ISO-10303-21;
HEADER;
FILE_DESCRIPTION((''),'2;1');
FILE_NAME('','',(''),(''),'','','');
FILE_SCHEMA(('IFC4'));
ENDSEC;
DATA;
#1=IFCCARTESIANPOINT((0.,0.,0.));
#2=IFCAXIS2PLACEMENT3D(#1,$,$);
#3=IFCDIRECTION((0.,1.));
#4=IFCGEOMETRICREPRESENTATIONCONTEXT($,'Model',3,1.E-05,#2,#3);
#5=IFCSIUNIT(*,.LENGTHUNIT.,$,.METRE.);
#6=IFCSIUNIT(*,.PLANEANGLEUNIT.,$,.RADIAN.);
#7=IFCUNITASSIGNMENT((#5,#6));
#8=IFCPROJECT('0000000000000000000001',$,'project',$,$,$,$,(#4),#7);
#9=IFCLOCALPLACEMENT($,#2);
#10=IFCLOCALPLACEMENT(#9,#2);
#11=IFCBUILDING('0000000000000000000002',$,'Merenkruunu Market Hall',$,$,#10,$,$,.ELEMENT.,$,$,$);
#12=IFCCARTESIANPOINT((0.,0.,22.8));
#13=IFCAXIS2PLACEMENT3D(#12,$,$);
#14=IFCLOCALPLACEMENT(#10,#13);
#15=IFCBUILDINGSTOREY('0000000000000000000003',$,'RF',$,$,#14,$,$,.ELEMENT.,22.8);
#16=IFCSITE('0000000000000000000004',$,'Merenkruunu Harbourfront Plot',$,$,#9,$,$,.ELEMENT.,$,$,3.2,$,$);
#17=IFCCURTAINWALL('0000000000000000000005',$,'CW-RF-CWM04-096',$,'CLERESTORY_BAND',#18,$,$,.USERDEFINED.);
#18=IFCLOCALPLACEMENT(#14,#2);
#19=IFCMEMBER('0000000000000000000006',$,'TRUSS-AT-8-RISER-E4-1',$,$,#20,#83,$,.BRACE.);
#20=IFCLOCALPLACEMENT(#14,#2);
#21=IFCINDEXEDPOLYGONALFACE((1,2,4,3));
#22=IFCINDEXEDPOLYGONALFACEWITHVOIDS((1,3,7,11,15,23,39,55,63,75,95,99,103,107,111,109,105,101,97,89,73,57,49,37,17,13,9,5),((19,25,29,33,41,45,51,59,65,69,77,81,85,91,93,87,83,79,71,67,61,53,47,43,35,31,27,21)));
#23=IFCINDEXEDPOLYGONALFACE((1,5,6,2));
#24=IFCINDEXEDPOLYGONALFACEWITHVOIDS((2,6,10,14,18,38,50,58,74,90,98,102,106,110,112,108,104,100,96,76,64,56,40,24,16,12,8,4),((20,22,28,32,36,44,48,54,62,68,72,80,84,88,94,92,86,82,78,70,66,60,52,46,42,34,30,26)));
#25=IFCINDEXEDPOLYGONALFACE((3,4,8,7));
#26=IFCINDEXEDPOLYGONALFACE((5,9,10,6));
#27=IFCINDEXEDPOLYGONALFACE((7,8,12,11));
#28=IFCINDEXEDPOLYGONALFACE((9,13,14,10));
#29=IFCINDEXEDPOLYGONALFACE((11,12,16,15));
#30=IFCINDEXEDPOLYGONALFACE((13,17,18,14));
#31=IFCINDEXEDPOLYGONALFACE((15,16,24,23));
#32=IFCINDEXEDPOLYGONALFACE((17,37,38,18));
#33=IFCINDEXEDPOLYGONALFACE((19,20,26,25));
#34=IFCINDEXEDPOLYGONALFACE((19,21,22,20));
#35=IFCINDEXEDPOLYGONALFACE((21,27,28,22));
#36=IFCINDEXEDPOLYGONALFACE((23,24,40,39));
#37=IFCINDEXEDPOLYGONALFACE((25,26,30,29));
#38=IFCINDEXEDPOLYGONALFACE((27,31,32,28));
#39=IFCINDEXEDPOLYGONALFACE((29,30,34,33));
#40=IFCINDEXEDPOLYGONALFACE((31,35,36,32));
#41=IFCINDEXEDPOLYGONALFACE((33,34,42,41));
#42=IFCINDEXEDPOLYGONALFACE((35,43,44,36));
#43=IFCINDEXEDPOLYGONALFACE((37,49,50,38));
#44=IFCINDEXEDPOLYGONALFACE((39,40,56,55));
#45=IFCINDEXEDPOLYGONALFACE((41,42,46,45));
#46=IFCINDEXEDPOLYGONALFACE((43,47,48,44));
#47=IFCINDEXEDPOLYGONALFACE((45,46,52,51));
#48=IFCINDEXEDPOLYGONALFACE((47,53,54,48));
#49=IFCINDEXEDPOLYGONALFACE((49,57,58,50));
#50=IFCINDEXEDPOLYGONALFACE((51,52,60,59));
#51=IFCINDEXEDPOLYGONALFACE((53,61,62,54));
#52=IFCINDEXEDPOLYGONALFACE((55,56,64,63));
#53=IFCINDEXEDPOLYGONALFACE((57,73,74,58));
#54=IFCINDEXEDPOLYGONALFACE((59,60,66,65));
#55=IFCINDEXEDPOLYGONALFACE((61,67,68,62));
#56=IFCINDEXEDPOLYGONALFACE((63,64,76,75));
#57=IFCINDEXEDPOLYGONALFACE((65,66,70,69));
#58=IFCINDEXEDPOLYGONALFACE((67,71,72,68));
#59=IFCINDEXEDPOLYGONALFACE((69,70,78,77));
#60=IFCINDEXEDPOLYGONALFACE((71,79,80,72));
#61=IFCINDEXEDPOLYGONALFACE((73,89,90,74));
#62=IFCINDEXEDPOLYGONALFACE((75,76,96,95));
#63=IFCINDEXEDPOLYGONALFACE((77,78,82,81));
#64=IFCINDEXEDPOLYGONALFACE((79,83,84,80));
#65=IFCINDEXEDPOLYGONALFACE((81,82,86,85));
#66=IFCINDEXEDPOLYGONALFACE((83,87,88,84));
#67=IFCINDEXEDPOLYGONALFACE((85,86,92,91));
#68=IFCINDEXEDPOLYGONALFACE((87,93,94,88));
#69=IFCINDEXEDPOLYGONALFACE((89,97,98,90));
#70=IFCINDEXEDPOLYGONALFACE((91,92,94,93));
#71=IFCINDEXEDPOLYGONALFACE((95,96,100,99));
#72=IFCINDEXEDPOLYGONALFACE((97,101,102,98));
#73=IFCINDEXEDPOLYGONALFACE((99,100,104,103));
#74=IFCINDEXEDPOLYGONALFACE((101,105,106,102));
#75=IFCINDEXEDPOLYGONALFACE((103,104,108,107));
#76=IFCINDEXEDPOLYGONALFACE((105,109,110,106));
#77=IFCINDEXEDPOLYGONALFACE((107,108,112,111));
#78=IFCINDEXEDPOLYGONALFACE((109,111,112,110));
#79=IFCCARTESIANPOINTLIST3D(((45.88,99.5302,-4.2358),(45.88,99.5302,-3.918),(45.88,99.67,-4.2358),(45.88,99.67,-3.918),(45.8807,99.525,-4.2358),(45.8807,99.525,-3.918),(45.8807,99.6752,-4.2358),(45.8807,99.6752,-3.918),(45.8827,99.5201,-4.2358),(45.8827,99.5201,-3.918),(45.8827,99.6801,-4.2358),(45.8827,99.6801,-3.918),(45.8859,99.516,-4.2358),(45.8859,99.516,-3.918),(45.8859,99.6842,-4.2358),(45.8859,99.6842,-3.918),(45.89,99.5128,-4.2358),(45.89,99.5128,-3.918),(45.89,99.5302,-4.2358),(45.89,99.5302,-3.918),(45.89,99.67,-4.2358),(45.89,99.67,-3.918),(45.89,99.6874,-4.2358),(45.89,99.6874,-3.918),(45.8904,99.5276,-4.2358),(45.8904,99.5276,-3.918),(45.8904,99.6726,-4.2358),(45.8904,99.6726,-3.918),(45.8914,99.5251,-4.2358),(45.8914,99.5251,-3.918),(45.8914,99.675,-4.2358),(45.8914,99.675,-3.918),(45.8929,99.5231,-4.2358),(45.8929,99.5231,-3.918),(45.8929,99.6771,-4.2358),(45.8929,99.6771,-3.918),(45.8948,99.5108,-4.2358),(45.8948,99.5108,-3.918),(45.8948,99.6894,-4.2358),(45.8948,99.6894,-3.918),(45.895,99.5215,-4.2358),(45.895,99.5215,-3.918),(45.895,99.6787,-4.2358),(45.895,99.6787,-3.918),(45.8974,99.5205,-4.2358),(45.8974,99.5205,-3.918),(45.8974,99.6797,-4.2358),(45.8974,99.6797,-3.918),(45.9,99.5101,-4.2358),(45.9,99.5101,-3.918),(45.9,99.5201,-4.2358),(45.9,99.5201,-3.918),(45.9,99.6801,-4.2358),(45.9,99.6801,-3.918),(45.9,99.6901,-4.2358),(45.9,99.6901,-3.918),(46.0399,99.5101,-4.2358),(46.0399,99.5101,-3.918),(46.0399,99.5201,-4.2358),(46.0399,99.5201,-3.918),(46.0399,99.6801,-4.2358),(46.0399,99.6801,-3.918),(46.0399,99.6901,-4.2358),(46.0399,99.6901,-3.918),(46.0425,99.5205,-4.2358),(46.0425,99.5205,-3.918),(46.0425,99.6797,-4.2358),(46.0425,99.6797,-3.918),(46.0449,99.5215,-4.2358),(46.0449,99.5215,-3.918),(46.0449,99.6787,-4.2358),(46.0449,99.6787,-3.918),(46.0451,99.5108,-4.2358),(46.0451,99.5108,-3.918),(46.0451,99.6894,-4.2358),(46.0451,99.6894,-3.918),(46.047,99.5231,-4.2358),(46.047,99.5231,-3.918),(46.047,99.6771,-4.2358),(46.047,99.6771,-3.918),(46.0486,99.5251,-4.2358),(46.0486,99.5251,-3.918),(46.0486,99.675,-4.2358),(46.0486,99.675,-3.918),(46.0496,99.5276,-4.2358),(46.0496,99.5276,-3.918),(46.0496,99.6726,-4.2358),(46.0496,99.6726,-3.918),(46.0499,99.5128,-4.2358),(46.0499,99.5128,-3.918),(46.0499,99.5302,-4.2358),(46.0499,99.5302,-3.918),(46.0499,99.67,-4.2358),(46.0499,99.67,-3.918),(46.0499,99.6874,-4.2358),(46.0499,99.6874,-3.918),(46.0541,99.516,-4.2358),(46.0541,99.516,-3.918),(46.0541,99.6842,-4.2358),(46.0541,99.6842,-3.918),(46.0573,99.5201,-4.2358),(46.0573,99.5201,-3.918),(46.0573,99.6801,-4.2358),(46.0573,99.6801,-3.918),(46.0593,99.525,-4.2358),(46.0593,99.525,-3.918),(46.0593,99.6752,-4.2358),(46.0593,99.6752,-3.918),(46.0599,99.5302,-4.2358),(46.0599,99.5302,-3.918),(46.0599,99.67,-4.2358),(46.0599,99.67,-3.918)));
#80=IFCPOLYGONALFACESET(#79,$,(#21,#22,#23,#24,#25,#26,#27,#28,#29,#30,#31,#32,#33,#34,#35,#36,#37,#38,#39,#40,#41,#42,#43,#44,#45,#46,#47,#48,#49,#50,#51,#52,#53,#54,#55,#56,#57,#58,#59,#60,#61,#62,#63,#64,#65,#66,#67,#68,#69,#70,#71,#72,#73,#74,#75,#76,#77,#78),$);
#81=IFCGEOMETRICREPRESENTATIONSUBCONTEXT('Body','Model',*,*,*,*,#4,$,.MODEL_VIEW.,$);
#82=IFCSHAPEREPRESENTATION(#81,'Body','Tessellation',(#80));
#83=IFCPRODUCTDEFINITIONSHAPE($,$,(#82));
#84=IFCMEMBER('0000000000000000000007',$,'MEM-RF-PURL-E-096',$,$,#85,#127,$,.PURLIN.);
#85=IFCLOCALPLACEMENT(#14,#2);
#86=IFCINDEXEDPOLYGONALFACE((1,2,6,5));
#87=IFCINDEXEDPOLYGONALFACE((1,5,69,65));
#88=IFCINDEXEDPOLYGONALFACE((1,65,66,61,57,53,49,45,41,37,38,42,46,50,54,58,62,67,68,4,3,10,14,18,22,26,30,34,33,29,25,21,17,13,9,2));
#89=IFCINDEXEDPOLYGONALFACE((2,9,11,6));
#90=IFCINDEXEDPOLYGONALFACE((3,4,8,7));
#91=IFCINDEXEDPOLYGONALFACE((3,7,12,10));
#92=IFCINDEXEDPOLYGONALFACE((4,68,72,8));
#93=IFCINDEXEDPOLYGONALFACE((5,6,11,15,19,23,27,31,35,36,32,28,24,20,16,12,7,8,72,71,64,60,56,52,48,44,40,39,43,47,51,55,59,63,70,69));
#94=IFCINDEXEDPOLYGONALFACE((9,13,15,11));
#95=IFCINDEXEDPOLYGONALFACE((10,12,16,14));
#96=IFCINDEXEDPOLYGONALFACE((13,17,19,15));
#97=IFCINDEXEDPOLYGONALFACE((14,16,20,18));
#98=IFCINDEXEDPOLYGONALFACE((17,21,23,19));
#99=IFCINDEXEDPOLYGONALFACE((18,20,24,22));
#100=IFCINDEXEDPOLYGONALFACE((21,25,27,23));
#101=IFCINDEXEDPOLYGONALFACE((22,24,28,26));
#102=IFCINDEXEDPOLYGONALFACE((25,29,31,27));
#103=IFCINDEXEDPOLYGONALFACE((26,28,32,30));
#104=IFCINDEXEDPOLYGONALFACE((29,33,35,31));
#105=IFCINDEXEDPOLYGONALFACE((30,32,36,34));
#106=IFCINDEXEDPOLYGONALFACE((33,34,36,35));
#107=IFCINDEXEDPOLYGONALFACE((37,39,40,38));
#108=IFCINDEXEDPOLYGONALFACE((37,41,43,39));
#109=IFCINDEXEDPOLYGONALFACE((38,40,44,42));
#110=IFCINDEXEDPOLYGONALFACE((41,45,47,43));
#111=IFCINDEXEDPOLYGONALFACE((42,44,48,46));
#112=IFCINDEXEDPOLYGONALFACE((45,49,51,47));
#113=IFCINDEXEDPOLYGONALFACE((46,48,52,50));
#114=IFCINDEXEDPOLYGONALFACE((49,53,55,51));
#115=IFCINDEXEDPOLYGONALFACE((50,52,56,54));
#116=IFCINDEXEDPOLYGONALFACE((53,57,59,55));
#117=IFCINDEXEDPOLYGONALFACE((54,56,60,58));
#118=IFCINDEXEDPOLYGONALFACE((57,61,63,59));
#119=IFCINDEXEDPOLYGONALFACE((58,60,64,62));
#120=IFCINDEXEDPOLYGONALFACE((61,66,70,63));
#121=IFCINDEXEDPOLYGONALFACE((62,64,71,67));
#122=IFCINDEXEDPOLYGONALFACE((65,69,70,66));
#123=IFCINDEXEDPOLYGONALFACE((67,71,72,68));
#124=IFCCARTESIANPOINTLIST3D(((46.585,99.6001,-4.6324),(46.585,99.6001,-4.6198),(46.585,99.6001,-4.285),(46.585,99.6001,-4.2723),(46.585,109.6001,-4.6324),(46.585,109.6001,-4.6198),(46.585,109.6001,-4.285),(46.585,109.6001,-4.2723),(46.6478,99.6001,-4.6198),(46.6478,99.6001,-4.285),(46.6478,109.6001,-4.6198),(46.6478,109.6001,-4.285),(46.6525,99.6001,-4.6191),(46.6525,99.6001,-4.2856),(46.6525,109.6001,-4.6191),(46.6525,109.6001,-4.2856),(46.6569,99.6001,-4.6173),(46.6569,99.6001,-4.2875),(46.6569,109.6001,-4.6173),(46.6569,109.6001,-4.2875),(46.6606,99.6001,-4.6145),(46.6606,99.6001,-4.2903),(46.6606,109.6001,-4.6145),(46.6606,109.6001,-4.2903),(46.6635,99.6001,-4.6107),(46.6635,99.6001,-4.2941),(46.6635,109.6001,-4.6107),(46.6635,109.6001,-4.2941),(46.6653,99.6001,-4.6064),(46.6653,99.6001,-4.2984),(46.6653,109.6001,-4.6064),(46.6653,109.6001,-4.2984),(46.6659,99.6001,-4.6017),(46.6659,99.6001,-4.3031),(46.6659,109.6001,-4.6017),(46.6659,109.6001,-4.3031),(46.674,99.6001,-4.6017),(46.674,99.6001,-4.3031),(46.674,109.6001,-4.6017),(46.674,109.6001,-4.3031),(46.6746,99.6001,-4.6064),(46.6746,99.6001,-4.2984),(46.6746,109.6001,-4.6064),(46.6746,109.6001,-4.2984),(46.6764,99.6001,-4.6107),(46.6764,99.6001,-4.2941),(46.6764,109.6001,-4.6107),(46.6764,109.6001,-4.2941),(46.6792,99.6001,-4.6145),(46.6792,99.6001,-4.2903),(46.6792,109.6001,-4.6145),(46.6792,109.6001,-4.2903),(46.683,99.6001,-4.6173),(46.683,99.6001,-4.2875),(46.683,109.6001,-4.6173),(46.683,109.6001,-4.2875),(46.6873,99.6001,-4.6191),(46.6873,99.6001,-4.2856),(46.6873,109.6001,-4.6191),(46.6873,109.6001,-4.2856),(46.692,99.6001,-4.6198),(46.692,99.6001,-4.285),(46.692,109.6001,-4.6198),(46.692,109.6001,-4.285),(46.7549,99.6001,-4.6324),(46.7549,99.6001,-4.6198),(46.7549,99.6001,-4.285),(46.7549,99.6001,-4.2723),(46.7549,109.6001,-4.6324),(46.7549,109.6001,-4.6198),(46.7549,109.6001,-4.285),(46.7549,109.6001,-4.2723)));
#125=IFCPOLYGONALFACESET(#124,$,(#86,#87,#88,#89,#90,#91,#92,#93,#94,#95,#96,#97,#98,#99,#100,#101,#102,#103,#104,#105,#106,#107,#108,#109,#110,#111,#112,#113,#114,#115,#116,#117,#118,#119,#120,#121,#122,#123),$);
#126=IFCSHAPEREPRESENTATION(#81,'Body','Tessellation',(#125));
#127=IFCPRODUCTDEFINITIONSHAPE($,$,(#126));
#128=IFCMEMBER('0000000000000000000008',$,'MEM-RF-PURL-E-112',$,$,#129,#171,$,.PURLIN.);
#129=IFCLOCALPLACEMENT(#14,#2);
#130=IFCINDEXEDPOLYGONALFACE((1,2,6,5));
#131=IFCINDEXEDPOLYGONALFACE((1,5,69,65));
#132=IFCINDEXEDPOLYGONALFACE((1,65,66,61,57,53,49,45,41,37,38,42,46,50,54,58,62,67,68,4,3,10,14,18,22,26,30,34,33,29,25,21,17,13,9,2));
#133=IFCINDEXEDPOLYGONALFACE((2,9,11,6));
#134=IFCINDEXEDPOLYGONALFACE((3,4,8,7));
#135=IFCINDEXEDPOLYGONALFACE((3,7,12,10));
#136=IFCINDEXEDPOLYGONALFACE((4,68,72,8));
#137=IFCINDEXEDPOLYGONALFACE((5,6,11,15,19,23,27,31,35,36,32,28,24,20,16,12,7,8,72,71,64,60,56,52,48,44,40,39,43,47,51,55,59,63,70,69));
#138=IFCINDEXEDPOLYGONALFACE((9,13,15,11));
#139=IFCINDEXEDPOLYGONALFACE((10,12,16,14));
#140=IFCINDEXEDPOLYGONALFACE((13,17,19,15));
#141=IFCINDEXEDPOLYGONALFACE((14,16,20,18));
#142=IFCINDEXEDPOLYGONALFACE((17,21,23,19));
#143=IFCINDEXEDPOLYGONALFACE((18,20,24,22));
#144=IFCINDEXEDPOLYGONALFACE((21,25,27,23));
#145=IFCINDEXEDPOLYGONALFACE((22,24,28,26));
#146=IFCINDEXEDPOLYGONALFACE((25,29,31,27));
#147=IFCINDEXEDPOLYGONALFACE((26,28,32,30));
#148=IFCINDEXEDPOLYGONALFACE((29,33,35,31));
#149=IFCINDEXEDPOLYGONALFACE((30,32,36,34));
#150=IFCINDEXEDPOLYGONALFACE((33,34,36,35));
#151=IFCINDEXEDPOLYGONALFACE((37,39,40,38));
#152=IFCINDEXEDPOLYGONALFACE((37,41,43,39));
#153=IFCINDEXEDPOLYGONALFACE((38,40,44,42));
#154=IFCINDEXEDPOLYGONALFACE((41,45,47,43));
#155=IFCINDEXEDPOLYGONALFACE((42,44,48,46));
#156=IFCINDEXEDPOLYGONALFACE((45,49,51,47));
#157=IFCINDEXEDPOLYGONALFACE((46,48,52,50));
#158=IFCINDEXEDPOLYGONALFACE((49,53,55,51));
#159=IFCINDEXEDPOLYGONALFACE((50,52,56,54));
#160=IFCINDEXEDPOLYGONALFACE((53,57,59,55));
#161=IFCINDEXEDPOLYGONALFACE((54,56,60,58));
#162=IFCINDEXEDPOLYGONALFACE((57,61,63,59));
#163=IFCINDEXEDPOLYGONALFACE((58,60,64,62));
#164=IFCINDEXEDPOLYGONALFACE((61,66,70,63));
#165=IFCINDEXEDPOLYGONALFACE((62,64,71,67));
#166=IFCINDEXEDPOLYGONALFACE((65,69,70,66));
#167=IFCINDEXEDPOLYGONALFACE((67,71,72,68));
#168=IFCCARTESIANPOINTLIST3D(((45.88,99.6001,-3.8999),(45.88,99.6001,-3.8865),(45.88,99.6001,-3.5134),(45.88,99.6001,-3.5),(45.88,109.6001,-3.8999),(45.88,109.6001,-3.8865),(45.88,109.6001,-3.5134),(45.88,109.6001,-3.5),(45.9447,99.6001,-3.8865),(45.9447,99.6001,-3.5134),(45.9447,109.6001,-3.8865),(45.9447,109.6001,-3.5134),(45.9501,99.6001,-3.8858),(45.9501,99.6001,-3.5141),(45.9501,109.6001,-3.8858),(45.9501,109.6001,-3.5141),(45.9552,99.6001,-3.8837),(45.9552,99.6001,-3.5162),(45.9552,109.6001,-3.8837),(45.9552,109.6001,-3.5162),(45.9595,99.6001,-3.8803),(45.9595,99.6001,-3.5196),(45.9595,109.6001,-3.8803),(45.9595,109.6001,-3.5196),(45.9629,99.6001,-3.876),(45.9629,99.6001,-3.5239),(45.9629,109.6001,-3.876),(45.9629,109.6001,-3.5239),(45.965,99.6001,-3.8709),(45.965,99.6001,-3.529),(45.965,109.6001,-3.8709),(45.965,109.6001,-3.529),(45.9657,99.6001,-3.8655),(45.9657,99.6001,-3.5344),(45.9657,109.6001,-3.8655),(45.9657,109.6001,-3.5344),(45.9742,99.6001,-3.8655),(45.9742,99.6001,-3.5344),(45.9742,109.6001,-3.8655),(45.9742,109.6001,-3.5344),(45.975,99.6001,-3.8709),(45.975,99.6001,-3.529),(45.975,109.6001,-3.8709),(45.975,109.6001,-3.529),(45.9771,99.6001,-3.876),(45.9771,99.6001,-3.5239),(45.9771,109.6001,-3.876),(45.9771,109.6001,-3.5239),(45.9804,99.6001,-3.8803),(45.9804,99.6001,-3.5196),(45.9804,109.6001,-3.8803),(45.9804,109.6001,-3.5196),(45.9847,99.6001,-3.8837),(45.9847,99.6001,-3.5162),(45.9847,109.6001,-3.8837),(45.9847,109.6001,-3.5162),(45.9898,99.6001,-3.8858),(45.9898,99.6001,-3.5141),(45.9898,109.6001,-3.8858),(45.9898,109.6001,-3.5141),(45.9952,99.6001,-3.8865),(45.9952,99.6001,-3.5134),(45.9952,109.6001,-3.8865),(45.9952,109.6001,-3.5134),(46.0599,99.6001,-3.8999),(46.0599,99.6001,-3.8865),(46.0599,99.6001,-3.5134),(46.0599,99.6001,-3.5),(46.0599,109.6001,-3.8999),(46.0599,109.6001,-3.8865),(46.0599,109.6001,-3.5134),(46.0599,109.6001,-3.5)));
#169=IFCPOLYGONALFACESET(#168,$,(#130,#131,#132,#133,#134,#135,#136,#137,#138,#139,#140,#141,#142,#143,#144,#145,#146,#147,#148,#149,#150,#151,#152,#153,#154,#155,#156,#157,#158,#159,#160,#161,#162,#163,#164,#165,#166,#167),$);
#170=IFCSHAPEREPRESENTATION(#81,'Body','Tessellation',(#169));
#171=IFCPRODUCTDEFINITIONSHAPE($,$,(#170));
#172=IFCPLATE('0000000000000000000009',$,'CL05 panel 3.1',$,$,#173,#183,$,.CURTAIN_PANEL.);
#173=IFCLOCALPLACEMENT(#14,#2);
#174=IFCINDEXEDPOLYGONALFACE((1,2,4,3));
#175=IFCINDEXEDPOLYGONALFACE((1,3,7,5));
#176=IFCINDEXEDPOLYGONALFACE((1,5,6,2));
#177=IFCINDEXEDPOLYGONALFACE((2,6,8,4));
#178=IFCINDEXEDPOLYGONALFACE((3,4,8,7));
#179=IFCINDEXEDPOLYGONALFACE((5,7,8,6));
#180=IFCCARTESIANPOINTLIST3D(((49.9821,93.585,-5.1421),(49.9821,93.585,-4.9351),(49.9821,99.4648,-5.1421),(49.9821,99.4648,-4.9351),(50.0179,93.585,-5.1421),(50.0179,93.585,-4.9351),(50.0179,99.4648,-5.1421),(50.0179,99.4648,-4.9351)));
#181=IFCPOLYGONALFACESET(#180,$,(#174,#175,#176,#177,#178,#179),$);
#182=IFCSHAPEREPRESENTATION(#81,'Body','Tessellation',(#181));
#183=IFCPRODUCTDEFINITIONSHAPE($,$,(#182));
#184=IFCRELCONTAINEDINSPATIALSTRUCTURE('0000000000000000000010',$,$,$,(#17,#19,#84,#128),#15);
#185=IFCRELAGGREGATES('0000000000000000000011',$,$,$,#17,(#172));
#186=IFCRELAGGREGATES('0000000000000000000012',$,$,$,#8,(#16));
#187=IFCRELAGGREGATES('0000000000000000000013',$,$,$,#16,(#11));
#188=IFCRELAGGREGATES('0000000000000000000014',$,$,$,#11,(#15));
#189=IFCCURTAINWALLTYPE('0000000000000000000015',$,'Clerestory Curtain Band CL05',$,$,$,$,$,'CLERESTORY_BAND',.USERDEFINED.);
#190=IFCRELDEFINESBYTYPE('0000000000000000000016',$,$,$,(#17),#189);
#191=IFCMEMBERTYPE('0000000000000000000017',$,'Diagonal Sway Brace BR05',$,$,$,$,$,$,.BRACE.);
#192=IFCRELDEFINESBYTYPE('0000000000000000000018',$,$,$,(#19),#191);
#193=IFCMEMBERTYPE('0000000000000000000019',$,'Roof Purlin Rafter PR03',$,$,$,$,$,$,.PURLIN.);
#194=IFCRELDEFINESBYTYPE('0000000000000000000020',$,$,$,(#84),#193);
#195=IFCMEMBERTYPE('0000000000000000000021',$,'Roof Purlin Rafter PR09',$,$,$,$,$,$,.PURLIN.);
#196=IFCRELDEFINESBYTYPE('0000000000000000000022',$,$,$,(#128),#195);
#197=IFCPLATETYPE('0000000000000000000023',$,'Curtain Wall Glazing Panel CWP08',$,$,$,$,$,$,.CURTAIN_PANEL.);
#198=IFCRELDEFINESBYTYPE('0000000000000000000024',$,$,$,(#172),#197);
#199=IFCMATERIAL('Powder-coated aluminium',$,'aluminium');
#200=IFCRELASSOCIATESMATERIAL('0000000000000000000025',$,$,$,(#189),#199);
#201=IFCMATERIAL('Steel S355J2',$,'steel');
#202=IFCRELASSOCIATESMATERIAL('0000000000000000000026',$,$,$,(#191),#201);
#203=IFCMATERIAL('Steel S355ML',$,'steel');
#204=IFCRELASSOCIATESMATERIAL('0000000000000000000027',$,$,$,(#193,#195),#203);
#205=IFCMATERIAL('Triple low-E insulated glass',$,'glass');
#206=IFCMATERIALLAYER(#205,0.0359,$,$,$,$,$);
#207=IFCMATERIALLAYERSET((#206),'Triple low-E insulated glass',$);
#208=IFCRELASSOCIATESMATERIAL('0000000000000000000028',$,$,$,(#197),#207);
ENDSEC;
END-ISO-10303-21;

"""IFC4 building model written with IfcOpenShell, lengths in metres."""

from ifc_helpers import new_model, si_unit, direction, frame, origin, origin_2d, place, context, subcontext, project, spatial, rectangle, hollow_rectangle, i_section, extrude, material, layer, layer_set, material_profile, profile_set, type_object, element, aggregate, save


model = new_model("IFC4")

# Units and contexts
model_context = context("Model", 3, precision=1e-05, world=origin(), true_north=direction((0.0, 1.0)))
body_context = subcontext(model_context, "Body", "Model", "MODEL_VIEW")
ifc_project = project(units=[si_unit("LENGTHUNIT", "METRE"), si_unit("PLANEANGLEUNIT", "RADIAN")], contexts=[model_context])

# Site, building, storey
site_placement = place(None, origin())
site = spatial("IfcSite", under=ifc_project, at=site_placement, Name="Merenkruunu Harbourfront Plot", CompositionType="ELEMENT", RefElevation=3.2)
building_placement = place(site_placement, origin())
building = spatial("IfcBuilding", under=site, at=building_placement, Name="Merenkruunu Market Hall", CompositionType="ELEMENT")
storey_placement = place(building_placement, frame((0.0, 0.0, 22.8)))
storey = spatial("IfcBuildingStorey", under=building, at=storey_placement, Name="RF", CompositionType="ELEMENT", Elevation=22.8)

# Shared definitions
ifc_material_1 = material(Name="Steel S355ML", Category="steel")

# Curtain wall
ifc_material_2 = material(Name="Powder-coated aluminium", Category="aluminium")
curtain_wall_type = type_object("IfcCurtainWallType", Name="Clerestory Curtain Band CL05", ElementType="CLERESTORY_BAND", PredefinedType="USERDEFINED", material=ifc_material_2)
curtain_wall_1_placement = place(storey_placement, origin())
curtain_wall_1 = element("IfcCurtainWall", 1, at=curtain_wall_1_placement, inside=storey, type_object=curtain_wall_type, Name="CW-RF-CWM04-096", ObjectType="CLERESTORY_BAND", PredefinedType="USERDEFINED")

# Members
ifc_material_3 = material(Name="Steel S355J2", Category="steel")
ifc_material_profile_1 = material_profile(ifc_material_3, hollow_rectangle(XDim=0.1799, YDim=0.1799, WallThickness=0.01, InnerFilletRadius=0.01, OuterFilletRadius=0.02, at=origin_2d()), Name="SHS 180x180x10")
ifc_profile_set_1 = profile_set([ifc_material_profile_1], Name="Steel S355J2")
member_type_1 = type_object("IfcMemberType", Name="Diagonal Sway Brace BR05", PredefinedType="BRACE", material=ifc_profile_set_1)
member_1_placement = place(storey_placement, frame((45.97, 99.6001, -4.2358), z_axis=(0.0, 0.0, 1.0), x_axis=(1.0, 0.0, 0.0)))
element("IfcMember", 2, at=member_1_placement, inside=storey, type_object=member_type_1, Name="TRUSS-AT-8-RISER-E4-1", PredefinedType="BRACE", context=body_context, shape_type="SweptSolid", body=[
    extrude(hollow_rectangle(XDim=0.1799, YDim=0.1799, WallThickness=0.01, InnerFilletRadius=0.01, OuterFilletRadius=0.02, at=origin_2d()), origin(), (0.0, 0.0, 1.0), 0.3179),
])
ifc_material_profile_2 = material_profile(ifc_material_1, i_section(OverallWidth=0.1699, OverallDepth=0.3601, WebThickness=0.0081, FlangeThickness=0.0127, FilletRadius=0.0181, at=origin_2d()), Name="IPE 360")
ifc_profile_set_2 = profile_set([ifc_material_profile_2], Name="Steel S355ML")
member_type_2 = type_object("IfcMemberType", Name="Roof Purlin Rafter PR03", PredefinedType="PURLIN", material=ifc_profile_set_2)
member_2_placement = place(storey_placement, frame((46.6699, 99.6001, -4.4524), z_axis=(0.0, 1.0, 0.0), x_axis=(-1.0, 0.0, 0.0)))
element("IfcMember", 3, at=member_2_placement, inside=storey, type_object=member_type_2, Name="MEM-RF-PURL-E-096", PredefinedType="PURLIN", context=body_context, shape_type="SweptSolid", body=[
    extrude(i_section(OverallWidth=0.1699, OverallDepth=0.3601, WebThickness=0.0081, FlangeThickness=0.0127, FilletRadius=0.0181, at=origin_2d()), origin(), (0.0, 0.0, 1.0), 10.0),
])
ifc_material_profile_3 = material_profile(ifc_material_1, i_section(OverallWidth=0.1799, OverallDepth=0.3999, WebThickness=0.0085, FlangeThickness=0.0134, FilletRadius=0.021, at=origin_2d()), Name="IPE 400")
ifc_profile_set_3 = profile_set([ifc_material_profile_3], Name="Steel S355ML")
member_type_3 = type_object("IfcMemberType", Name="Roof Purlin Rafter PR09", PredefinedType="PURLIN", material=ifc_profile_set_3)
member_3_placement = place(storey_placement, frame((45.97, 99.6001, -3.7), z_axis=(0.0, 1.0, 0.0), x_axis=(-1.0, 0.0, 0.0)))
element("IfcMember", 4, at=member_3_placement, inside=storey, type_object=member_type_3, Name="MEM-RF-PURL-E-112", PredefinedType="PURLIN", context=body_context, shape_type="SweptSolid", body=[
    extrude(i_section(OverallWidth=0.1799, OverallDepth=0.3999, WebThickness=0.0085, FlangeThickness=0.0134, FilletRadius=0.021, at=origin_2d()), origin(), (0.0, 0.0, 1.0), 10.0),
])

# Plate
ifc_material_4 = material(Name="Triple low-E insulated glass", Category="glass")
ifc_layer_1 = layer(ifc_material_4, 0.0359)
ifc_layer_set_1 = layer_set([ifc_layer_1], Name="Triple low-E insulated glass")
plate_type_1 = type_object("IfcPlateType", Name="Curtain Wall Glazing Panel CWP08", PredefinedType="CURTAIN_PANEL", material=ifc_layer_set_1)
plate_1_placement = place(storey_placement, frame((50.0, 96.5249, -5.1421), z_axis=(0.0, 0.0, 1.0), x_axis=(0.0, -1.0, 0.0)))
plate_1 = element("IfcPlate", 5, at=plate_1_placement, type_object=plate_type_1, Name="CL05 panel 3.1", PredefinedType="CURTAIN_PANEL", context=body_context, shape_type="SweptSolid", body=[
    extrude(rectangle(XDim=5.8799, YDim=0.0359, at=origin_2d()), origin(), (0.0, 0.0, 1.0), 0.207),
])
aggregate(curtain_wall_1, [plate_1])

save(model, "model.ifc")
